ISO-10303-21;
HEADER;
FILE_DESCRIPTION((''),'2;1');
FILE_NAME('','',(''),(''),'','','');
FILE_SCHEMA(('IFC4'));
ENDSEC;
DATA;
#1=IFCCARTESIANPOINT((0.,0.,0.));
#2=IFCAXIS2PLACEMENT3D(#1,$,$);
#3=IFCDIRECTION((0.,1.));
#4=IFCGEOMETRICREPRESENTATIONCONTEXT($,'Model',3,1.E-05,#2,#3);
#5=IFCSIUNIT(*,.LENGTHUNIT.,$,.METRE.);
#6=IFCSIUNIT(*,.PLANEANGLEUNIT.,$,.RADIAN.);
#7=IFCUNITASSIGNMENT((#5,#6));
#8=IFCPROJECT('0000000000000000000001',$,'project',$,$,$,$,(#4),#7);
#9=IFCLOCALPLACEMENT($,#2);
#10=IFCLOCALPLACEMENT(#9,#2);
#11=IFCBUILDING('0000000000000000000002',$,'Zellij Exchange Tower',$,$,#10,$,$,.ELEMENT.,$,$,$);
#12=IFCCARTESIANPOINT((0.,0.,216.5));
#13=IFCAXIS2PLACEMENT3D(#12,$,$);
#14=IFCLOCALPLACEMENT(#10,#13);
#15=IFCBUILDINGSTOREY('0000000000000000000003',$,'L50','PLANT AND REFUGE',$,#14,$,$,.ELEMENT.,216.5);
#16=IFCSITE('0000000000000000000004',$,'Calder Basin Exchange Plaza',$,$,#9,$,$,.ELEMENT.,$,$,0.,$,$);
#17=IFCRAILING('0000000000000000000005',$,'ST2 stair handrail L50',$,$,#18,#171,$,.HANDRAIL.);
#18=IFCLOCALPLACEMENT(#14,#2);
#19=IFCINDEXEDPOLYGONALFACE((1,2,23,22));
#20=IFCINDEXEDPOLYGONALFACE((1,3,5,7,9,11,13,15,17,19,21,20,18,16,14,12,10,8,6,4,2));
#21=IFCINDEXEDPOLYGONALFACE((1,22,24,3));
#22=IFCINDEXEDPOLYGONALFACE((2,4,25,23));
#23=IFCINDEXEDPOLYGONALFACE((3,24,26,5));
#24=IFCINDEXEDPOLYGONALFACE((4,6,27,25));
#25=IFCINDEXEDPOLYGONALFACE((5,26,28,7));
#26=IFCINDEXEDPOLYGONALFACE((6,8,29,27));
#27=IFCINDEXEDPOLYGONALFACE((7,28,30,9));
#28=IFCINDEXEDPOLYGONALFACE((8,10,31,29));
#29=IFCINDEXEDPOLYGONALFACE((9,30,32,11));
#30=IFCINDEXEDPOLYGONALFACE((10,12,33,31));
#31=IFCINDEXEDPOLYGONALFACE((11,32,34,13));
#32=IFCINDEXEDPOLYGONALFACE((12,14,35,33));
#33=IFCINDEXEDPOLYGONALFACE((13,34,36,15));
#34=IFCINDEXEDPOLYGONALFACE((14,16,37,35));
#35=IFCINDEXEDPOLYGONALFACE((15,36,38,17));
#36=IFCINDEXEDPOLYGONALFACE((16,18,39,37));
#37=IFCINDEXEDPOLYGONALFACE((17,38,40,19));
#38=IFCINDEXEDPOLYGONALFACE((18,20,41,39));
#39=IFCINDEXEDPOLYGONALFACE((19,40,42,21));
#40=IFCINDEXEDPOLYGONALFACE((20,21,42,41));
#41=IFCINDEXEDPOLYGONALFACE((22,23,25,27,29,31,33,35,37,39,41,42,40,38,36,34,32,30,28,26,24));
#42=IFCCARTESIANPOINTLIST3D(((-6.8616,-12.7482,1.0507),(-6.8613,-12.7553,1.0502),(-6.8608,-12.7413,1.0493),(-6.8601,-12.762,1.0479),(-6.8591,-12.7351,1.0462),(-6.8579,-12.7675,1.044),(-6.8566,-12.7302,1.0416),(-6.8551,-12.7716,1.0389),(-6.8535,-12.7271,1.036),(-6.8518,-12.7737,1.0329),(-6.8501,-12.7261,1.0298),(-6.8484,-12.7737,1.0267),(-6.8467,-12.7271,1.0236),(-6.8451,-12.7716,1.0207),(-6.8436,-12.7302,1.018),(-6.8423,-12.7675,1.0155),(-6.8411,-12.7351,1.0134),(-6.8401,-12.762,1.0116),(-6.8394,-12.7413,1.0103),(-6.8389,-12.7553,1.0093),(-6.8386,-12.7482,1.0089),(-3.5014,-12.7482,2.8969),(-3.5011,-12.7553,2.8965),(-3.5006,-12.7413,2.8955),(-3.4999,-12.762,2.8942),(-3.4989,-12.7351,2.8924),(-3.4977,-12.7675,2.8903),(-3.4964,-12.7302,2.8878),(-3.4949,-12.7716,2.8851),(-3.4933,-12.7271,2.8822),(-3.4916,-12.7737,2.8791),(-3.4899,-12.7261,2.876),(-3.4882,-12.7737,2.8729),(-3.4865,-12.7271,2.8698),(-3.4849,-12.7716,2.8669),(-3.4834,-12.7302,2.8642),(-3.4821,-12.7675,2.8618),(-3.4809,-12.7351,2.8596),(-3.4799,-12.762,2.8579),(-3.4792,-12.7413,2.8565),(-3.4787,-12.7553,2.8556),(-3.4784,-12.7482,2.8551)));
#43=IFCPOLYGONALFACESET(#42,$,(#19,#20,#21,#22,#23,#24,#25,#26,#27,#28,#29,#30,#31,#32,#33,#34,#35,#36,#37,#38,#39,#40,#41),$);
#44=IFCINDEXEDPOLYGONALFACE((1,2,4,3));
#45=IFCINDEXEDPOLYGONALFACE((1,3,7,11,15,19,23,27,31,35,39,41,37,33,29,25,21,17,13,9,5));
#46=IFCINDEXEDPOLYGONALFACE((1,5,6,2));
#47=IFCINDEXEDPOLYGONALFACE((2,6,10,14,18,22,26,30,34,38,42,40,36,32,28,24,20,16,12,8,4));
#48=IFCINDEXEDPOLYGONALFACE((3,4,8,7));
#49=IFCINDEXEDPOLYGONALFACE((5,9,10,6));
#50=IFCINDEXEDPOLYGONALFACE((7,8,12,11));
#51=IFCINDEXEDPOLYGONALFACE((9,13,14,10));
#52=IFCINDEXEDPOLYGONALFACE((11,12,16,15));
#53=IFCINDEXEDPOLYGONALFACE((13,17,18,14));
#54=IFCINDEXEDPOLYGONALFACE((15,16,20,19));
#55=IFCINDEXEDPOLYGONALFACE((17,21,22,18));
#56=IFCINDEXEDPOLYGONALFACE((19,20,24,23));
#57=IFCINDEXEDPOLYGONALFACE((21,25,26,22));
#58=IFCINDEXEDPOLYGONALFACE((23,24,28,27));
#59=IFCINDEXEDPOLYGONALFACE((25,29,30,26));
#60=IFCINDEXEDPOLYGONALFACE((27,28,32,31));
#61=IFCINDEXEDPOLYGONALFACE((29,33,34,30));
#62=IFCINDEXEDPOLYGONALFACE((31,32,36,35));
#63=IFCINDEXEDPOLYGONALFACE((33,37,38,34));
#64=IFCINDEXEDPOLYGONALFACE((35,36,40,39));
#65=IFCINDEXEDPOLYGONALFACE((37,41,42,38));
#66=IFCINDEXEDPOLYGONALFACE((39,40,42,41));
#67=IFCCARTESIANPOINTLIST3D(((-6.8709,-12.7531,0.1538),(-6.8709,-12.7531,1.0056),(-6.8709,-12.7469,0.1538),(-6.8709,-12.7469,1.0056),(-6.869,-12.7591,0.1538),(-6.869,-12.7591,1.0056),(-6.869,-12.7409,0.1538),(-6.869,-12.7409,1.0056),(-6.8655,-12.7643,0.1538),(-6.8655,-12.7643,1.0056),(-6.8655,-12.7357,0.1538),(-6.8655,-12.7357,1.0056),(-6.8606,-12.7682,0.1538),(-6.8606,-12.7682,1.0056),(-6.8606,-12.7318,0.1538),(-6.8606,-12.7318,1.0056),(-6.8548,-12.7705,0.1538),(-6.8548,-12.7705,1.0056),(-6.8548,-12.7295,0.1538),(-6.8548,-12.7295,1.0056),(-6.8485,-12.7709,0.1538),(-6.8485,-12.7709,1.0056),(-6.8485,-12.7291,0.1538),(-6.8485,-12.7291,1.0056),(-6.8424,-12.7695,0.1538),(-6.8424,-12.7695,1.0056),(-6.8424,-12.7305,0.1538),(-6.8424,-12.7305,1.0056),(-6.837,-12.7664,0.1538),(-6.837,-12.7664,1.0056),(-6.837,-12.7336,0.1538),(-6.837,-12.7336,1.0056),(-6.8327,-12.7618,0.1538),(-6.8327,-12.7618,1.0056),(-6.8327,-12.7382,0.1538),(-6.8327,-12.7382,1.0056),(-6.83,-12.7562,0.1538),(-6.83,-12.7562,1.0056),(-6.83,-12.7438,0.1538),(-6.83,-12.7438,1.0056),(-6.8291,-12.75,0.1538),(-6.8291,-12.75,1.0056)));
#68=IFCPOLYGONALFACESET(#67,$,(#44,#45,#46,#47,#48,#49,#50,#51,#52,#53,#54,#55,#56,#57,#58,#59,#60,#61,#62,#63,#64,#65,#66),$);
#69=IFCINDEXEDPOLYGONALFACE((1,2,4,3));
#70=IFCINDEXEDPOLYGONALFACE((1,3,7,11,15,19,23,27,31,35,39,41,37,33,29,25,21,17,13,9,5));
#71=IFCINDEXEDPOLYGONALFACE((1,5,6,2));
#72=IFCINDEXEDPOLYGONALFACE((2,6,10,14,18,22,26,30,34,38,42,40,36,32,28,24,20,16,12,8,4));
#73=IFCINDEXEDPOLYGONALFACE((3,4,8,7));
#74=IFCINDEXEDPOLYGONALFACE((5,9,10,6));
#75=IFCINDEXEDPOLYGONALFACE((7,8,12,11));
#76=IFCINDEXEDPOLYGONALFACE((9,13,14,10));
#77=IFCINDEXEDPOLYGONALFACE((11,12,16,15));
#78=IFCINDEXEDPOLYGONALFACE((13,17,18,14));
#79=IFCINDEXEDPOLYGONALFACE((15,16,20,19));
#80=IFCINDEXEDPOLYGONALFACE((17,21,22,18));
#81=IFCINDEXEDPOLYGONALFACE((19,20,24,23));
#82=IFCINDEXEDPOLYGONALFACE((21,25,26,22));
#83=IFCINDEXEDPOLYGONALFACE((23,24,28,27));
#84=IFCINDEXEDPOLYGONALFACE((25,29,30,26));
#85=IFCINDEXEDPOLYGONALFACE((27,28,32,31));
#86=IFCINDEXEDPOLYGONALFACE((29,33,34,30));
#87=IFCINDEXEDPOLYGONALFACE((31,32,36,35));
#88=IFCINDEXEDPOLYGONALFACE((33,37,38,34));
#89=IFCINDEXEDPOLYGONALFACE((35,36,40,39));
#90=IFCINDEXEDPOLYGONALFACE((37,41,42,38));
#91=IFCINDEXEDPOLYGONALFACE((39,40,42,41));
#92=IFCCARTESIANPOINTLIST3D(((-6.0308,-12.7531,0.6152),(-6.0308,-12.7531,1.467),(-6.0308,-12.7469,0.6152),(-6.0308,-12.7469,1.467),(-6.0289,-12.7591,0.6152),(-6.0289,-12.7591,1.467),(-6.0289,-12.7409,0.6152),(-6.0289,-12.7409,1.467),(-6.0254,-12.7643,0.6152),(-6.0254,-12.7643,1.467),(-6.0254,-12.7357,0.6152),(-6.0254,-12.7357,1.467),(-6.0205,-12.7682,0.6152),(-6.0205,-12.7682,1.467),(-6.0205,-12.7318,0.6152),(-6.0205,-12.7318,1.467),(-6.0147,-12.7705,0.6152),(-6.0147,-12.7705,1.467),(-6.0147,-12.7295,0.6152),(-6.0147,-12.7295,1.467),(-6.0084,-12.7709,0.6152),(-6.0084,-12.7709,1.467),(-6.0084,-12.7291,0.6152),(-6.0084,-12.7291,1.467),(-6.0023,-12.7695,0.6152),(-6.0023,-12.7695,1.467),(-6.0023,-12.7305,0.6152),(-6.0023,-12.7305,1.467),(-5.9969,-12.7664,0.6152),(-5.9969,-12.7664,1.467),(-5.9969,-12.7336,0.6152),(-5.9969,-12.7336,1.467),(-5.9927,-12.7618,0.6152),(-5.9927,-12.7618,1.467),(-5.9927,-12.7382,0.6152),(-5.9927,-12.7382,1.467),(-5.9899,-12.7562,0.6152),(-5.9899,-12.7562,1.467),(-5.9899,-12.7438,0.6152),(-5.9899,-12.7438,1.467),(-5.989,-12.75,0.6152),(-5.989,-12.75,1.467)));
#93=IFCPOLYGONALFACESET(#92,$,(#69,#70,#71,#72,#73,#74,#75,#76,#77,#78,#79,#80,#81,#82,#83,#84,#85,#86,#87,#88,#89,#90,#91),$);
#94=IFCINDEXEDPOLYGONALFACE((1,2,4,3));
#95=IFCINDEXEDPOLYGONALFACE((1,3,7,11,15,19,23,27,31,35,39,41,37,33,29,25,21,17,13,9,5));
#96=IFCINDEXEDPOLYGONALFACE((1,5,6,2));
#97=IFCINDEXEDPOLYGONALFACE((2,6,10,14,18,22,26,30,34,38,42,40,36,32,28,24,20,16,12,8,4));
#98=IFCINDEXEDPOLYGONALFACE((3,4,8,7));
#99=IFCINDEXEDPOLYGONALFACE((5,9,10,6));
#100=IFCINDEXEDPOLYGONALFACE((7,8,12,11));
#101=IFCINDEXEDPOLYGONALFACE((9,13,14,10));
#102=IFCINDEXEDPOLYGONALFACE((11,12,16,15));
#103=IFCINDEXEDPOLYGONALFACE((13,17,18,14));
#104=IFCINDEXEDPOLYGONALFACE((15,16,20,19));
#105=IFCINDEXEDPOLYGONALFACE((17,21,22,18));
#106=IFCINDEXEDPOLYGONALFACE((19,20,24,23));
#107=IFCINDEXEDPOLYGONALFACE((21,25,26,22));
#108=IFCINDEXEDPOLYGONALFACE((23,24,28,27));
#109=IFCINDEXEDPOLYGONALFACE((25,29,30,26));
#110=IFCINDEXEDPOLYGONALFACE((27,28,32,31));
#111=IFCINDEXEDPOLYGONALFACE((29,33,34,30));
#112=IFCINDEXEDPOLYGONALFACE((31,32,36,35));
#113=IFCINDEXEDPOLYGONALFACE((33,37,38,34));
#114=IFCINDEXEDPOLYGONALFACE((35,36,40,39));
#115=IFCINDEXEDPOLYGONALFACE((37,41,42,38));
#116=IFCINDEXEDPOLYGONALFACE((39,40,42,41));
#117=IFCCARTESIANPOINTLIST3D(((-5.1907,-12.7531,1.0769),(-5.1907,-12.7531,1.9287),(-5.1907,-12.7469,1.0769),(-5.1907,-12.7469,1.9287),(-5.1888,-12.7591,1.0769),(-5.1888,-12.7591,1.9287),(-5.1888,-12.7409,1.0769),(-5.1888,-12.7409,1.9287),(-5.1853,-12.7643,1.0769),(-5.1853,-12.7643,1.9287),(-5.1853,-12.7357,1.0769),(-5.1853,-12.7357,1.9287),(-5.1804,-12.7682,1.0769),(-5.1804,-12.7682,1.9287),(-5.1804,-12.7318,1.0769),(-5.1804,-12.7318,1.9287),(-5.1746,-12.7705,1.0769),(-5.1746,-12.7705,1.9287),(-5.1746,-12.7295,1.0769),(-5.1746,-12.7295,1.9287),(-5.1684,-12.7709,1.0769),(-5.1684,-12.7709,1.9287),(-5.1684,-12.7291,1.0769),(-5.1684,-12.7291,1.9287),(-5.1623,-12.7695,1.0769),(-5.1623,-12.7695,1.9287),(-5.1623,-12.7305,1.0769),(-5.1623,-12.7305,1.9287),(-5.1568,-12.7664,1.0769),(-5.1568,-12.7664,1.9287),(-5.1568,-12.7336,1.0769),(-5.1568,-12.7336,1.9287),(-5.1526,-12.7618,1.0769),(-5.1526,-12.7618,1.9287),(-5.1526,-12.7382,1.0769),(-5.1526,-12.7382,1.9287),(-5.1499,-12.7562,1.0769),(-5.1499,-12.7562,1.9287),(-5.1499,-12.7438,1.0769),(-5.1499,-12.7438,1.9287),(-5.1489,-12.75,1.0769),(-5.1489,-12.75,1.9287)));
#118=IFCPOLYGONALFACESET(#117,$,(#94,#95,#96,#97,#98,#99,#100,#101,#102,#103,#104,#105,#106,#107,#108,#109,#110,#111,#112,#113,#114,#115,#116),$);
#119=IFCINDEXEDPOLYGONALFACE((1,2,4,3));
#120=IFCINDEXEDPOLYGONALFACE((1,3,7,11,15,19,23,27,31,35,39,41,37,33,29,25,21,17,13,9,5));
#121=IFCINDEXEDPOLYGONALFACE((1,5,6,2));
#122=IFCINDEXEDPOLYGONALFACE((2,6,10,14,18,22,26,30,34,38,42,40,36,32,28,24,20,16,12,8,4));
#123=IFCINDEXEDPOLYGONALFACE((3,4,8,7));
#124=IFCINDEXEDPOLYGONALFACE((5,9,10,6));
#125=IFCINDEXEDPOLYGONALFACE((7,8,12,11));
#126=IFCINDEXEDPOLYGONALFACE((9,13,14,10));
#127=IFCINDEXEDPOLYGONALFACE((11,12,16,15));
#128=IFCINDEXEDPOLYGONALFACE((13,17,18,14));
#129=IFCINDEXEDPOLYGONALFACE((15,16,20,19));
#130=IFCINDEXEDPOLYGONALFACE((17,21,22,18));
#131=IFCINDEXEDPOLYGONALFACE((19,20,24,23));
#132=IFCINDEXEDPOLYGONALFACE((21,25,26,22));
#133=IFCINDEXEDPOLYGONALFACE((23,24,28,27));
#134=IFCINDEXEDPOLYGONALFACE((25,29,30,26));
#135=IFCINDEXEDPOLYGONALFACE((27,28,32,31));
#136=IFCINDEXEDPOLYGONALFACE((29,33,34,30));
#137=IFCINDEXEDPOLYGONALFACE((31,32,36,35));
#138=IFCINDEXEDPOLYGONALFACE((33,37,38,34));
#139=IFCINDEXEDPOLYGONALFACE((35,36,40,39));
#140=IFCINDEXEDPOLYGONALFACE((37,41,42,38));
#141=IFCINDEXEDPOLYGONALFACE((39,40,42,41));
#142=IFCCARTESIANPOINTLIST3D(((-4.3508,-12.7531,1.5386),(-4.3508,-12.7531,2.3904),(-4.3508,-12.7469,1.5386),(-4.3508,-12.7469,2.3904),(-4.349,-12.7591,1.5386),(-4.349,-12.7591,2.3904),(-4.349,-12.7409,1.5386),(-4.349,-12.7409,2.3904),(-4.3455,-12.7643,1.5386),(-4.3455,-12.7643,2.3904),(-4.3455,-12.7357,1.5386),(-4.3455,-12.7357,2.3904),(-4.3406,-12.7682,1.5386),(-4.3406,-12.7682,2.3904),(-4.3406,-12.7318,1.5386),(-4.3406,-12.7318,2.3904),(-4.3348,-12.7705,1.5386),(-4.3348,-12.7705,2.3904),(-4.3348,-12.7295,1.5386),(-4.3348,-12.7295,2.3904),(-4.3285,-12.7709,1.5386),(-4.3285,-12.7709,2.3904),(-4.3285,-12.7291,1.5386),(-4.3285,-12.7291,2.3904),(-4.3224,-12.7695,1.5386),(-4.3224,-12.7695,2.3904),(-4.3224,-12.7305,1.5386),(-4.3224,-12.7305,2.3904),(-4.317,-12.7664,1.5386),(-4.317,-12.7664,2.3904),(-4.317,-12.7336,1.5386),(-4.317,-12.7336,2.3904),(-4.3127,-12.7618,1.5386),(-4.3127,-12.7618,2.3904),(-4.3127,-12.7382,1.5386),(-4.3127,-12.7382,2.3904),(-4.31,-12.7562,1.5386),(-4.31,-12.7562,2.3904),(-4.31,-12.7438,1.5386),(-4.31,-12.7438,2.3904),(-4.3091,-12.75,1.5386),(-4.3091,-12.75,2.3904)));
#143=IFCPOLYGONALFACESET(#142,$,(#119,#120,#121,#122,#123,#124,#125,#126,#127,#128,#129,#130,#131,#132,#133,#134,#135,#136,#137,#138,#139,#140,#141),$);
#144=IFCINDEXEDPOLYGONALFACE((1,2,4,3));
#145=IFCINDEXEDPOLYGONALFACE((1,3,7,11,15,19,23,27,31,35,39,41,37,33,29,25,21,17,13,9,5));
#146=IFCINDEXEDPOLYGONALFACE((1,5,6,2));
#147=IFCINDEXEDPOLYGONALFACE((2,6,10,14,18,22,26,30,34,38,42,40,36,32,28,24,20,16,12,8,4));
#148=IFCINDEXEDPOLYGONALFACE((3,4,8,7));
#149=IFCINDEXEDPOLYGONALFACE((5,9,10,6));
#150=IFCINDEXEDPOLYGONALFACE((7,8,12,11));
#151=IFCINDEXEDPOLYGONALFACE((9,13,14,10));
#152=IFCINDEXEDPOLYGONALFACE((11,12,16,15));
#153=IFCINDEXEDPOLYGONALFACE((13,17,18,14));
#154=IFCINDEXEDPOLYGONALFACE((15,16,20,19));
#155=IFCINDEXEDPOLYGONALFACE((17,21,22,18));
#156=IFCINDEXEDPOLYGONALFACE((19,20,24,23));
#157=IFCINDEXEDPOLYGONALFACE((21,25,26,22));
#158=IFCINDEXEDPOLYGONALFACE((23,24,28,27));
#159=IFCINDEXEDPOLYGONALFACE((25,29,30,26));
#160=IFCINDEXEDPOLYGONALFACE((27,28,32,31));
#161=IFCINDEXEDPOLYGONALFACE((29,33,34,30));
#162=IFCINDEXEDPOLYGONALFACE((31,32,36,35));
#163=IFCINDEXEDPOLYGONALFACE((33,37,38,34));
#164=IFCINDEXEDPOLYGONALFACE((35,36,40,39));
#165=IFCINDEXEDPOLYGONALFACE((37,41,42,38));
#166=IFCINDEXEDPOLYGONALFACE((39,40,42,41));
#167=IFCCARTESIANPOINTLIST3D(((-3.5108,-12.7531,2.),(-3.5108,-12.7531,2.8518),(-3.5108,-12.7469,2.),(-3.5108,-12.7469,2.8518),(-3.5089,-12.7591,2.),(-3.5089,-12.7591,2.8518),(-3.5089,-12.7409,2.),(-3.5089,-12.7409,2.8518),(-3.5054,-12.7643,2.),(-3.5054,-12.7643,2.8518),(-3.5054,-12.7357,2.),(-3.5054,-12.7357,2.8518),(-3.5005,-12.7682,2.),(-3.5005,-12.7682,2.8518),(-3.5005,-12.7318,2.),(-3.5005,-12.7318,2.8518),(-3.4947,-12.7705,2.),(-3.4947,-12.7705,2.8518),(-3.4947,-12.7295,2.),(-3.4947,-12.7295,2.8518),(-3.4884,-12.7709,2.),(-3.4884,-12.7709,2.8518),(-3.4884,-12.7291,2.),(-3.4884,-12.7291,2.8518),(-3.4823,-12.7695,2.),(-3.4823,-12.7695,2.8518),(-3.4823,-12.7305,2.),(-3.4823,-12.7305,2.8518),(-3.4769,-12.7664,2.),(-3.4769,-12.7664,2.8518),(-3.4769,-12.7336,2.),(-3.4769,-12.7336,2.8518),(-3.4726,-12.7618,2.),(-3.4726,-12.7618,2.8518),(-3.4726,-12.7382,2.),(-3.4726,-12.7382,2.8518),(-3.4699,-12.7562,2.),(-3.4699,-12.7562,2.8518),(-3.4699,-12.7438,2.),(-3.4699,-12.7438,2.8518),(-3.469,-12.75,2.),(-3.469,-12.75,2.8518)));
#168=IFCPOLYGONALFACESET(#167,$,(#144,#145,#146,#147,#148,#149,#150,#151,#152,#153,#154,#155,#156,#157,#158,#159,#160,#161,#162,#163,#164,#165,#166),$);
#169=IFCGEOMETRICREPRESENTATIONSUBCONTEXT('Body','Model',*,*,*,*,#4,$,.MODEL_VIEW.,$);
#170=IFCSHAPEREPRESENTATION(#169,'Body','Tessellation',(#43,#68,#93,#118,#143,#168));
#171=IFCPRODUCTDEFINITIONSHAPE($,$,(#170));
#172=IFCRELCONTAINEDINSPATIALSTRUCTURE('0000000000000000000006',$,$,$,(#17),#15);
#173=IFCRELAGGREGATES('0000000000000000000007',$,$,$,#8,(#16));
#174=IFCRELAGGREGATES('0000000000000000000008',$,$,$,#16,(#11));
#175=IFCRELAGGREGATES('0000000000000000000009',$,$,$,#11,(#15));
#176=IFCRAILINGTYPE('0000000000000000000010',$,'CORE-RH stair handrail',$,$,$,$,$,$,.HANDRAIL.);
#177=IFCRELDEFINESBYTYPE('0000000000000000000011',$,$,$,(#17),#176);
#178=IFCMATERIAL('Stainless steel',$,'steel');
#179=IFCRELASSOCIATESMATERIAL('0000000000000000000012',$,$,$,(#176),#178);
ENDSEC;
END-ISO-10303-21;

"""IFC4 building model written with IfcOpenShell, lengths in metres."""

from ifc_helpers import new_model, si_unit, direction, frame, origin, origin_2d, place, context, subcontext, project, spatial, circle, extrude, material, type_object, element, save


model = new_model("IFC4")

# Units and contexts
model_context = context("Model", 3, precision=1e-05, world=origin(), true_north=direction((0.0, 1.0)))
body_context = subcontext(model_context, "Body", "Model", "MODEL_VIEW")
ifc_project = project(units=[si_unit("LENGTHUNIT", "METRE"), si_unit("PLANEANGLEUNIT", "RADIAN")], contexts=[model_context])

# Site, building, storey
site_placement = place(None, origin())
site = spatial("IfcSite", under=ifc_project, at=site_placement, Name="Calder Basin Exchange Plaza", CompositionType="ELEMENT", RefElevation=0.0)
building_placement = place(site_placement, origin())
building = spatial("IfcBuilding", under=site, at=building_placement, Name="Zellij Exchange Tower", CompositionType="ELEMENT")
storey_placement = place(building_placement, frame((0.0, 0.0, 216.5)))
storey = spatial("IfcBuildingStorey", under=building, at=storey_placement, Name="L50", Description="PLANT AND REFUGE", CompositionType="ELEMENT", Elevation=216.5)

# Railing
ifc_material_1 = material(Name="Stainless steel", Category="steel")
railing_type_1 = type_object("IfcRailingType", Name="CORE-RH stair handrail", PredefinedType="HANDRAIL", material=ifc_material_1)
railing_1_placement = place(storey_placement, frame((-6.8501, -12.75, 0.1538)))
element("IfcRailing", 1, at=railing_1_placement, inside=storey, type_object=railing_type_1, Name="ST2 stair handrail L50", PredefinedType="HANDRAIL", context=body_context, shape_type="SweptSolid", body=[
    extrude(circle(Radius=0.0239, at=origin_2d()), frame((0.0, 0.0, 0.876), z_axis=(0.876422, 0.0, 0.481545), x_axis=(0.0, 1.0, 0.0)), (0.0, 0.0, 1.0), 3.834),
    extrude(circle(Radius=0.021, at=origin_2d()), origin(), (0.0, 0.0, 1.0), 0.8518),
    extrude(circle(Radius=0.021, at=origin_2d()), frame((0.8401, 0.0, 0.4614)), (0.0, 0.0, 1.0), 0.8518),
    extrude(circle(Radius=0.021, at=origin_2d()), frame((1.6802, 0.0, 0.9231)), (0.0, 0.0, 1.0), 0.8518),
    extrude(circle(Radius=0.021, at=origin_2d()), frame((2.52, 0.0, 1.3848)), (0.0, 0.0, 1.0), 0.8518),
    extrude(circle(Radius=0.021, at=origin_2d()), frame((3.3601, 0.0, 1.8462)), (0.0, 0.0, 1.0), 0.8518),
])

save(model, "model.ifc")
